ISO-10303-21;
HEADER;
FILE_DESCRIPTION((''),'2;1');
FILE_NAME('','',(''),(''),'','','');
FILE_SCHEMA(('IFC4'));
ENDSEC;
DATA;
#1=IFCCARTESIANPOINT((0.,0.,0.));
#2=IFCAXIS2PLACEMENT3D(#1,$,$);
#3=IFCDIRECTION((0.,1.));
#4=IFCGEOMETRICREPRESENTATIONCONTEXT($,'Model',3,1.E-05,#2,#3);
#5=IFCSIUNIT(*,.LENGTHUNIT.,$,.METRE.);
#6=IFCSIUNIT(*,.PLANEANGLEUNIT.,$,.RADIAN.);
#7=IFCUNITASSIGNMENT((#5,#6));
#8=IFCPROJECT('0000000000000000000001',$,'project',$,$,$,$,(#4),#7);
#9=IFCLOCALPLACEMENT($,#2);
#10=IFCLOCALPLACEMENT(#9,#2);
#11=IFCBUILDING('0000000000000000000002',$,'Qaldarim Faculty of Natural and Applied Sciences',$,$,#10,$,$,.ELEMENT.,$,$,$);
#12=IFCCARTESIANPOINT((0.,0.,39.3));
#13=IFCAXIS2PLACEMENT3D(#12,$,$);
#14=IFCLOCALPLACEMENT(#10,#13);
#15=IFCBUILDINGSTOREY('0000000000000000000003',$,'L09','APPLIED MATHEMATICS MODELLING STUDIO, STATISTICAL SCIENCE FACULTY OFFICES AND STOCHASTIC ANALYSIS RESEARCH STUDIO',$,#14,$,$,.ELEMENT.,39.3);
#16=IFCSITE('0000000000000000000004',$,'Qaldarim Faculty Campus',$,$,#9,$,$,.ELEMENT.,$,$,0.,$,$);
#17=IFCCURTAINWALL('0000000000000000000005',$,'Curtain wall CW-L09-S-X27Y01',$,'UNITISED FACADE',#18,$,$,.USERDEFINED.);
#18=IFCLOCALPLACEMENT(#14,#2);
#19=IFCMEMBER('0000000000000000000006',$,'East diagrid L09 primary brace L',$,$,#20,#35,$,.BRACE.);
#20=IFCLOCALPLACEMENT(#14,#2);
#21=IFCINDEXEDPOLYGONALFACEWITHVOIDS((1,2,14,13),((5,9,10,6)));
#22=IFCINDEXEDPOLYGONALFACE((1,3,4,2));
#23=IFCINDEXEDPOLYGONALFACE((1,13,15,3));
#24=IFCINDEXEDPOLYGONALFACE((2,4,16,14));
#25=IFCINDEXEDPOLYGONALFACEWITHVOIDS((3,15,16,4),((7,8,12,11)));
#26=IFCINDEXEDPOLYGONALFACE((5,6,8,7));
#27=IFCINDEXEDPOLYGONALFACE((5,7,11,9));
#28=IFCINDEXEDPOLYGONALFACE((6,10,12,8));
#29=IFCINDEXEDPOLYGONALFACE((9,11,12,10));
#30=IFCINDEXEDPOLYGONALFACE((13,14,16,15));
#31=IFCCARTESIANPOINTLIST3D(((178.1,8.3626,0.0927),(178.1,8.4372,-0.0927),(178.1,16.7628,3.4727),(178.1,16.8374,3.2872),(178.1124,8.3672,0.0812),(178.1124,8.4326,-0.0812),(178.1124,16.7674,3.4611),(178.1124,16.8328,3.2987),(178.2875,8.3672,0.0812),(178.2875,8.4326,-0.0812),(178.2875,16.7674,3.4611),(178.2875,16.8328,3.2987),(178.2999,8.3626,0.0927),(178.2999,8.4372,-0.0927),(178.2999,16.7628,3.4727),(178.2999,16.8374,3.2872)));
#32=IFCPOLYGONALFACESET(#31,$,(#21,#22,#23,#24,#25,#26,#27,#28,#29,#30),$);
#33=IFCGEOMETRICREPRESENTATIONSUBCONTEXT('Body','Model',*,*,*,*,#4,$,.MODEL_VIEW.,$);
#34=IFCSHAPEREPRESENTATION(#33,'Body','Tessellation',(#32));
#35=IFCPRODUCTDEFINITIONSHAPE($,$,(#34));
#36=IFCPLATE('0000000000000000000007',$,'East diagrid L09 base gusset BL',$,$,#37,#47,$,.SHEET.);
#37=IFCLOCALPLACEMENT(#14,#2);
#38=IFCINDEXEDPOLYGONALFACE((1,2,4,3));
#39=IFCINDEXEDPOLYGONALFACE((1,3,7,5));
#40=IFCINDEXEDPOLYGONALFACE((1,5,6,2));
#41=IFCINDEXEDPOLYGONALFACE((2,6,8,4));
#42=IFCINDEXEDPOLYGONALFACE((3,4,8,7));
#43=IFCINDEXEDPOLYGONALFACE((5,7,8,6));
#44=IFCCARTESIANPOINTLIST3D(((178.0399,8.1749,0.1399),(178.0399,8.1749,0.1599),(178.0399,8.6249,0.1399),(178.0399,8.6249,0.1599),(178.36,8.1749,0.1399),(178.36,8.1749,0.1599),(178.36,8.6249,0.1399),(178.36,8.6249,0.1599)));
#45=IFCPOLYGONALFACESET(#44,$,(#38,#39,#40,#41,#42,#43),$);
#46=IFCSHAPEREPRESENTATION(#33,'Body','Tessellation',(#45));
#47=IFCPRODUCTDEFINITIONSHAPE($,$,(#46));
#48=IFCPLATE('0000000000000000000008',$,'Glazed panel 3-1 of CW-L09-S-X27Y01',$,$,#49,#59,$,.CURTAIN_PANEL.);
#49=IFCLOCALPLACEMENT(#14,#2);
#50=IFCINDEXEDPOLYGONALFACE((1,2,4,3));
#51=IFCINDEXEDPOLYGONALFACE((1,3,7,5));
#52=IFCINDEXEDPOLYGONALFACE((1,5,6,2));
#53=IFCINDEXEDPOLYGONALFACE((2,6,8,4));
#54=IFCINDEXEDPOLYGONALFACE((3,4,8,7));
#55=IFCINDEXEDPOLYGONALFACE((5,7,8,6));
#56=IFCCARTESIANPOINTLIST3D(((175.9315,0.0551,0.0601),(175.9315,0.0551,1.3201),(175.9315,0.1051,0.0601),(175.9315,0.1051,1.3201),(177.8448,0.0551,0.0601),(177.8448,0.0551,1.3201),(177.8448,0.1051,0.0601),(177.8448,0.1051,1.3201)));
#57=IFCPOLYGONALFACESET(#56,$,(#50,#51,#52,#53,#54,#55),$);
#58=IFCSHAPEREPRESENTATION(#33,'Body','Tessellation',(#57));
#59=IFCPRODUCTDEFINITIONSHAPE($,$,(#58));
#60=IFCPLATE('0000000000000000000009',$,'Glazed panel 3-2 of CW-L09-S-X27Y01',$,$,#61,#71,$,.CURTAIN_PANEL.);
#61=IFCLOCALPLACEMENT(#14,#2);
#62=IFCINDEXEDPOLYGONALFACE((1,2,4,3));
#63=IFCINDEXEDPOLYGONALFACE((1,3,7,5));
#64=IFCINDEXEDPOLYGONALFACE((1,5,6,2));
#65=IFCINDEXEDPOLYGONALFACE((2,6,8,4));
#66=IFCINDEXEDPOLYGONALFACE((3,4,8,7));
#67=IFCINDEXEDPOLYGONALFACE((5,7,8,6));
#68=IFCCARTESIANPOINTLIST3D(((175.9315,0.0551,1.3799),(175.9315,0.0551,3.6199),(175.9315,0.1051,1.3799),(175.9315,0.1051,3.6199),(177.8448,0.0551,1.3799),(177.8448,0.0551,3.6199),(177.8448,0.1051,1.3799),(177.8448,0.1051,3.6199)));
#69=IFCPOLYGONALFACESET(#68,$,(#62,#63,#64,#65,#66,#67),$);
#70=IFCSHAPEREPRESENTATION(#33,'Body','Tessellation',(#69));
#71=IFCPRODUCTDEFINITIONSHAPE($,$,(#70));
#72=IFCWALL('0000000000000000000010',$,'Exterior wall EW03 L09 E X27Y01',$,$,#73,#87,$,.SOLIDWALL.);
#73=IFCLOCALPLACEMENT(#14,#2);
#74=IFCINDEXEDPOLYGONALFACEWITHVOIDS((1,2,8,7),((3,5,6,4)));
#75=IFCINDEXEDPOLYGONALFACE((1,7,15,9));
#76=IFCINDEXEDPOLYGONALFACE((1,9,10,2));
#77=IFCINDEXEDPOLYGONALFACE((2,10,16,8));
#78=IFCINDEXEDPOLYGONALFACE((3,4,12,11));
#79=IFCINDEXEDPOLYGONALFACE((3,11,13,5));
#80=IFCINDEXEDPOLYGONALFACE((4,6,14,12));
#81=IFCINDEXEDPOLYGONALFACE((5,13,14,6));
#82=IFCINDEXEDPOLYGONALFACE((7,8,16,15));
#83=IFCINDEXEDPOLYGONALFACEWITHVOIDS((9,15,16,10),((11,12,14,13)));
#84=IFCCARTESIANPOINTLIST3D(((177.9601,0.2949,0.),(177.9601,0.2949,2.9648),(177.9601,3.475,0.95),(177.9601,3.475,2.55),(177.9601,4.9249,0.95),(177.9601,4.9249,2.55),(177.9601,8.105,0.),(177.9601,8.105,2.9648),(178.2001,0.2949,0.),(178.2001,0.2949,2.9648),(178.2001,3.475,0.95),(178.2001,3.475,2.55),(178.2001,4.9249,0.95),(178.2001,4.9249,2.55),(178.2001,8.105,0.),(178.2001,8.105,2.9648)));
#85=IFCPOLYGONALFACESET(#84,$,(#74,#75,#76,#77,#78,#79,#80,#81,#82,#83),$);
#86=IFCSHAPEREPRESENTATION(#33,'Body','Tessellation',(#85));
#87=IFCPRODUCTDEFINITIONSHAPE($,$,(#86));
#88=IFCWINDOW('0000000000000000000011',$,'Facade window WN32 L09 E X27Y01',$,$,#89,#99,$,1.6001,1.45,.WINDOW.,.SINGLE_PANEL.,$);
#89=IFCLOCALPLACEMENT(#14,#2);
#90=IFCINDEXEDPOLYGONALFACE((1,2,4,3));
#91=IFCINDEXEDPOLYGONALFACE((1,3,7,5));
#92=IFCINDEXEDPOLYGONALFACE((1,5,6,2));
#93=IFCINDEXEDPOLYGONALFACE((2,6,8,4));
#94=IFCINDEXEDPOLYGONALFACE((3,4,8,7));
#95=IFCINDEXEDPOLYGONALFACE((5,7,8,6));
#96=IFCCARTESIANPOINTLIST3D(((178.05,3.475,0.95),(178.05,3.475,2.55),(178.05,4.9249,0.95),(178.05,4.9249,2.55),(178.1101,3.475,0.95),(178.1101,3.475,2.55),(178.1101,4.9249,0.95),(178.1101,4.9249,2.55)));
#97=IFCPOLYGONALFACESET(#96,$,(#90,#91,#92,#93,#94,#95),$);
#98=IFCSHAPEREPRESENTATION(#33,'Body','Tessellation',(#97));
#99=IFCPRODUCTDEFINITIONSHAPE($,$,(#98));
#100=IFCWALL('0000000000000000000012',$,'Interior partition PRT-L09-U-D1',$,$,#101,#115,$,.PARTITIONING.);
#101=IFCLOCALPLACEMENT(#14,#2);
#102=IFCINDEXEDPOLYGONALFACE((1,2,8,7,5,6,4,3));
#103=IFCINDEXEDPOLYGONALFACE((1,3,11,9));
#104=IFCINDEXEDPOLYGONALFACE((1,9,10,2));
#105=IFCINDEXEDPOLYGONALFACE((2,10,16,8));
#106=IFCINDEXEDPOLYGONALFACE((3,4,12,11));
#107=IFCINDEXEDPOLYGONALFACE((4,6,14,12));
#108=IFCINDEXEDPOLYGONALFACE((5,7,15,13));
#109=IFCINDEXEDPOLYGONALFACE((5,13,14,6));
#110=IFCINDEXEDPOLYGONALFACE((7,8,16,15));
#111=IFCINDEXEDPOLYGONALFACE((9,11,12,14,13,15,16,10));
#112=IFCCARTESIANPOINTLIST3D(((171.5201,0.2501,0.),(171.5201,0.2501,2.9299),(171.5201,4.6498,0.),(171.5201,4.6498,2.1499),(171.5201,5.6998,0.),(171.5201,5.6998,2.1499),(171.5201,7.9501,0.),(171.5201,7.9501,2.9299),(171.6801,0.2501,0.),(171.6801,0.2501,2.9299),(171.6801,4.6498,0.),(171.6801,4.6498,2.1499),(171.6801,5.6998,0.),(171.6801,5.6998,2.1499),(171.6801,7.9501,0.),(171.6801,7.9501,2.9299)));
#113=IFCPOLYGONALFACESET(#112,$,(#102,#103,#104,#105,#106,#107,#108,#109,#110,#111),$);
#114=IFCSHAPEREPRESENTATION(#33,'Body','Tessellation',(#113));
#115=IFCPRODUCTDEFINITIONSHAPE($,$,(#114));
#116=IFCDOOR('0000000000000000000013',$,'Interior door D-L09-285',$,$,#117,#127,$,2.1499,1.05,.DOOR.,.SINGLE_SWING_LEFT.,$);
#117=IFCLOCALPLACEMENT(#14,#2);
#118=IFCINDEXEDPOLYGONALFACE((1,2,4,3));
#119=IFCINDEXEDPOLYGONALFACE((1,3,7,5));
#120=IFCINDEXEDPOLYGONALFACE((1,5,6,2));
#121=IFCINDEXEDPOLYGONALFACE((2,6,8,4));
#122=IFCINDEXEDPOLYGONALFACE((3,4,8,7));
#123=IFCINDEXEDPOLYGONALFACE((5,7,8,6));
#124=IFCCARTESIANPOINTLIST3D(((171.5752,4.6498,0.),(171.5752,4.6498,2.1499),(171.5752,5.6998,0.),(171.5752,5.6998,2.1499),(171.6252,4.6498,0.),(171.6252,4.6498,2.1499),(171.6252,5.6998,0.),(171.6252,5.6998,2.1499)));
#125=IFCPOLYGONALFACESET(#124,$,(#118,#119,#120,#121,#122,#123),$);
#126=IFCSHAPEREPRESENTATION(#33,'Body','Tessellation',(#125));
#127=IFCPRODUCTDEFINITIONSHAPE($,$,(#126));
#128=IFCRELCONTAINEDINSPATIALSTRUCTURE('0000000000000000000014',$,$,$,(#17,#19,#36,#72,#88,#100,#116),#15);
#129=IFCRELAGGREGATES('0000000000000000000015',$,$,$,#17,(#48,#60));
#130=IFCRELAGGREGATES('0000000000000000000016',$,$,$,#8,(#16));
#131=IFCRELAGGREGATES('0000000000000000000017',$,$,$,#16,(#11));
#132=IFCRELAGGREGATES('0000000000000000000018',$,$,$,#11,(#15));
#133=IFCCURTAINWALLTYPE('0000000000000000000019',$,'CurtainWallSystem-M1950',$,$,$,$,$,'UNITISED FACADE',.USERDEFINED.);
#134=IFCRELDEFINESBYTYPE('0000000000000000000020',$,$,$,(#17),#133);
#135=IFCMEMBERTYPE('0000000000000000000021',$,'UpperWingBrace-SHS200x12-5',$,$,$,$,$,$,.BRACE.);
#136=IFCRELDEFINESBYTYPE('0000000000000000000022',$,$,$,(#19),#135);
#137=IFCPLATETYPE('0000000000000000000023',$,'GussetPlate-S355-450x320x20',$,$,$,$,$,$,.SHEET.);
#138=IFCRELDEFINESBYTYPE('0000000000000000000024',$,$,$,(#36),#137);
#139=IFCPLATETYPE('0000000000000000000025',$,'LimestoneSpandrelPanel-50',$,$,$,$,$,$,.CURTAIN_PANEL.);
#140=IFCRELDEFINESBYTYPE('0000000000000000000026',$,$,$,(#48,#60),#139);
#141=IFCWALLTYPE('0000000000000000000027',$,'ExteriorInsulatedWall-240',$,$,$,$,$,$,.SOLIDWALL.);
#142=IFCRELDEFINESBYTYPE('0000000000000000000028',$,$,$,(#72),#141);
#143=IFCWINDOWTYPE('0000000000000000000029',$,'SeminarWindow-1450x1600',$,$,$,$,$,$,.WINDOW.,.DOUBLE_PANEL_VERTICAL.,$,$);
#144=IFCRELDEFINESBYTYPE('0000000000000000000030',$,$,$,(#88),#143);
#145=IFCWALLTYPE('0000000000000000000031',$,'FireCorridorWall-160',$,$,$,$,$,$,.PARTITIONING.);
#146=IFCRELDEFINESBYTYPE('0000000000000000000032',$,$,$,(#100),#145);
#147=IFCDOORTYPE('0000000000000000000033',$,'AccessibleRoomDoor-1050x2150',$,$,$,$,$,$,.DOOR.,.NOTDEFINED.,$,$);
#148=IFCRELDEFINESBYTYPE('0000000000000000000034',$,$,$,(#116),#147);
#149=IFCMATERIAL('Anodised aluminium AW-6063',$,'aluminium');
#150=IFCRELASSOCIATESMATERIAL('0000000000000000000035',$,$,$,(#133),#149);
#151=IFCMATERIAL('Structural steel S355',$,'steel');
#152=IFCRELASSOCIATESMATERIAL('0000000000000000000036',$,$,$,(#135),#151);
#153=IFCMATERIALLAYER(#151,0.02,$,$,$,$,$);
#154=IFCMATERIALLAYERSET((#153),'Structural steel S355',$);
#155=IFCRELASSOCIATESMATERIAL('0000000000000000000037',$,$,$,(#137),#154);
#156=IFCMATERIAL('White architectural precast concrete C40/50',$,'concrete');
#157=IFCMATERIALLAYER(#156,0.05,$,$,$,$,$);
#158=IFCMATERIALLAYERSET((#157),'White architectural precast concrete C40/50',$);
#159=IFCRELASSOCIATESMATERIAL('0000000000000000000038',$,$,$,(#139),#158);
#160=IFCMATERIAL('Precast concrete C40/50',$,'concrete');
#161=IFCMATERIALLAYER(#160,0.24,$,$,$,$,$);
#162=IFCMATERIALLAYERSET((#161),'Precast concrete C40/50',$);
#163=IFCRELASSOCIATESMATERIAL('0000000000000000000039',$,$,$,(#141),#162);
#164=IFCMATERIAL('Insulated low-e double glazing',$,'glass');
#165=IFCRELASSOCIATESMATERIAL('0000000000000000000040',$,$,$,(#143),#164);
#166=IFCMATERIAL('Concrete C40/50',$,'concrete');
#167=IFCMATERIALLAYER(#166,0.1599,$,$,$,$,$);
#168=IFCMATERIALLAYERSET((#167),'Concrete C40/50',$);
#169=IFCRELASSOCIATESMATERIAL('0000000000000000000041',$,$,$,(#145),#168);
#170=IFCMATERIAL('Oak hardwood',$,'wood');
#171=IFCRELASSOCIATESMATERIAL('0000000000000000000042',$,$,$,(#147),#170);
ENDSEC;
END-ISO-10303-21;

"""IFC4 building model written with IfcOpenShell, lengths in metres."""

from ifc_helpers import new_model, si_unit, direction, frame, frame_2d, origin, origin_2d, place, context, subcontext, project, spatial, rectangle, hollow_rectangle, extrude, material, layer, layer_set, material_profile, profile_set, type_object, element, fill, aggregate, save


model = new_model("IFC4")

# Units and contexts
model_context = context("Model", 3, precision=1e-05, world=origin(), true_north=direction((0.0, 1.0)))
body_context = subcontext(model_context, "Body", "Model", "MODEL_VIEW")
ifc_project = project(units=[si_unit("LENGTHUNIT", "METRE"), si_unit("PLANEANGLEUNIT", "RADIAN")], contexts=[model_context])

# Site, building, storey
site_placement = place(None, origin())
site = spatial("IfcSite", under=ifc_project, at=site_placement, Name="Qaldarim Faculty Campus", CompositionType="ELEMENT", RefElevation=0.0)
building_placement = place(site_placement, origin())
building = spatial("IfcBuilding", under=site, at=building_placement, Name="Qaldarim Faculty of Natural and Applied Sciences", CompositionType="ELEMENT")
storey_placement = place(building_placement, frame((0.0, 0.0, 39.3)))
storey = spatial("IfcBuildingStorey", under=building, at=storey_placement, Name="L09", Description="APPLIED MATHEMATICS MODELLING STUDIO, STATISTICAL SCIENCE FACULTY OFFICES AND STOCHASTIC ANALYSIS RESEARCH STUDIO", CompositionType="ELEMENT", Elevation=39.3)

# Shared definitions
ifc_material_1 = material(Name="Concrete C40/50", Category="concrete")

# Curtain wall
ifc_material_2 = material(Name="Anodised aluminium AW-6063", Category="aluminium")
curtain_wall_type = type_object("IfcCurtainWallType", Name="CurtainWallSystem-M1950", ElementType="UNITISED FACADE", PredefinedType="USERDEFINED", material=ifc_material_2)
curtain_wall_placement = place(storey_placement, origin())
curtain_wall = element("IfcCurtainWall", 1, at=curtain_wall_placement, inside=storey, type_object=curtain_wall_type, Name="Curtain wall CW-L09-S-X27Y01", ObjectType="UNITISED FACADE", PredefinedType="USERDEFINED")

# Shared definitions
ifc_material_3 = material(Name="Precast concrete C40/50", Category="concrete")

# Member
ifc_material_4 = material(Name="Structural steel S355", Category="steel")
ifc_material_profile_1 = material_profile(ifc_material_4, hollow_rectangle(XDim=0.2, YDim=0.2, WallThickness=0.0125, at=origin_2d()), Name="SHS 200x200x12.5")
ifc_profile_set_1 = profile_set([ifc_material_profile_1], Name="Structural steel S355")
member_type_1 = type_object("IfcMemberType", Name="UpperWingBrace-SHS200x12-5", PredefinedType="BRACE", material=ifc_profile_set_1)
member_1_placement = place(storey_placement, frame((178.2, 8.3999, 0.0), z_axis=(0.0, 0.92772, 0.373277), x_axis=(-1.0, 0.0, 0.0)))
element("IfcMember", 2, at=member_1_placement, inside=storey, type_object=member_type_1, Name="East diagrid L09 primary brace L", PredefinedType="BRACE", context=body_context, shape_type="SweptSolid", body=[
    extrude(hollow_rectangle(XDim=0.2, YDim=0.2, WallThickness=0.0125, at=origin_2d()), origin(), (0.0, 0.0, 1.0), 9.0547),
])

# Plates
ifc_layer_1 = layer(ifc_material_4, 0.02)
ifc_layer_set_1 = layer_set([ifc_layer_1], Name="Structural steel S355")
plate_type_1 = type_object("IfcPlateType", Name="GussetPlate-S355-450x320x20", PredefinedType="SHEET", material=ifc_layer_set_1)
plate_1_placement = place(storey_placement, frame((178.2, 8.3999, 0.1399), z_axis=(0.0, 0.0, 1.0), x_axis=(0.0, 1.0, 0.0)))
element("IfcPlate", 3, at=plate_1_placement, inside=storey, type_object=plate_type_1, Name="East diagrid L09 base gusset BL", PredefinedType="SHEET", context=body_context, shape_type="SweptSolid", body=[
    extrude(rectangle(XDim=0.45, YDim=0.3201, at=origin_2d()), origin(), (0.0, 0.0, 1.0), 0.02),
])
ifc_material_5 = material(Name="White architectural precast concrete C40/50", Category="concrete")
ifc_layer_2 = layer(ifc_material_5, 0.05)
ifc_layer_set_2 = layer_set([ifc_layer_2], Name="White architectural precast concrete C40/50")
plate_type_2 = type_object("IfcPlateType", Name="LimestoneSpandrelPanel-50", PredefinedType="CURTAIN_PANEL", material=ifc_layer_set_2)
plate_2_placement = place(storey_placement, frame((176.8882, 0.0801, 0.0601), z_axis=(0.0, 0.0, 1.0), x_axis=(1.0, 0.0, 0.0)))
plate_2 = element("IfcPlate", 4, at=plate_2_placement, type_object=plate_type_2, Name="Glazed panel 3-1 of CW-L09-S-X27Y01", PredefinedType="CURTAIN_PANEL", context=body_context, shape_type="SweptSolid", body=[
    extrude(rectangle(XDim=1.9133, YDim=0.05, at=origin_2d()), origin(), (0.0, 0.0, 1.0), 1.26),
])
plate_3_placement = place(storey_placement, frame((176.8882, 0.0801, 1.3799), z_axis=(0.0, 0.0, 1.0), x_axis=(1.0, 0.0, 0.0)))
plate_3 = element("IfcPlate", 5, at=plate_3_placement, type_object=plate_type_2, Name="Glazed panel 3-2 of CW-L09-S-X27Y01", PredefinedType="CURTAIN_PANEL", context=body_context, shape_type="SweptSolid", body=[
    extrude(rectangle(XDim=1.9133, YDim=0.05, at=origin_2d()), origin(), (0.0, 0.0, 1.0), 2.24),
])
aggregate(curtain_wall, [plate_2, plate_3])

# Wall, opening, window
ifc_layer_3 = layer(ifc_material_3, 0.24)
ifc_layer_set_3 = layer_set([ifc_layer_3], Name="Precast concrete C40/50")
wall_type_1 = type_object("IfcWallType", Name="ExteriorInsulatedWall-240", PredefinedType="SOLIDWALL", material=ifc_layer_set_3)
wall_1_placement = place(storey_placement, frame((178.0801, 0.2949, 0.0), z_axis=(0.0, 0.0, 1.0), x_axis=(0.0, 1.0, 0.0)))
wall_1 = element("IfcWall", 6, at=wall_1_placement, inside=storey, type_object=wall_type_1, Name="Exterior wall EW03 L09 E X27Y01", PredefinedType="SOLIDWALL", context=body_context, shape_type="SweptSolid", body=[
    extrude(rectangle(XDim=7.8101, YDim=0.24, at=frame_2d((3.905, 0.0))), origin(), (0.0, 0.0, 1.0), 2.9648),
])
opening_1_placement = place(wall_1_placement, frame((3.1799, 0.0, 0.95)))
opening_1 = element("IfcOpeningElement", 7, at=opening_1_placement, cuts=wall_1, PredefinedType="OPENING", context=body_context, shape_type="SweptSolid", body=[
    extrude(rectangle(XDim=1.45, YDim=1.6001, at=frame_2d((0.7251, 0.8))), frame((0.0, 0.1299, 0.0), z_axis=(0.0, -1.0, 0.0), x_axis=(1.0, 0.0, 0.0)), (0.0, 0.0, 1.0), 0.26),
])
ifc_material_6 = material(Name="Insulated low-e double glazing", Category="glass")
window_type = type_object("IfcWindowType", Name="SeminarWindow-1450x1600", PartitioningType="DOUBLE_PANEL_VERTICAL", PredefinedType="WINDOW", material=ifc_material_6)
window_placement = place(opening_1_placement, origin())
window = element("IfcWindow", 8, at=window_placement, inside=storey, type_object=window_type, Name="Facade window WN32 L09 E X27Y01", OverallHeight=1.6001, OverallWidth=1.45, PartitioningType="SINGLE_PANEL", PredefinedType="WINDOW", context=body_context, shape_type="SweptSolid", body=[
    extrude(rectangle(XDim=1.45, YDim=1.6001, at=frame_2d((0.7251, 0.8))), frame((0.0, 0.03, 0.0), z_axis=(0.0, -1.0, 0.0), x_axis=(1.0, 0.0, 0.0)), (0.0, 0.0, 1.0), 0.0601),
])
fill(opening_1, window)

# Wall, opening, door
ifc_layer_4 = layer(ifc_material_1, 0.1599)
ifc_layer_set_4 = layer_set([ifc_layer_4], Name="Concrete C40/50")
wall_type_2 = type_object("IfcWallType", Name="FireCorridorWall-160", PredefinedType="PARTITIONING", material=ifc_layer_set_4)
wall_2_placement = place(storey_placement, frame((171.6001, 0.25, 0.0), z_axis=(0.0, 0.0, 1.0), x_axis=(0.0, 1.0, 0.0)))
wall_2 = element("IfcWall", 9, at=wall_2_placement, inside=storey, type_object=wall_type_2, Name="Interior partition PRT-L09-U-D1", PredefinedType="PARTITIONING", context=body_context, shape_type="SweptSolid", body=[
    extrude(rectangle(XDim=7.7, YDim=0.1599, at=frame_2d((3.8501, 0.0))), origin(), (0.0, 0.0, 1.0), 2.9299),
])
opening_2_placement = place(wall_2_placement, frame((4.3999, 0.0, 0.0)))
opening_2 = element("IfcOpeningElement", 10, at=opening_2_placement, cuts=wall_2, PredefinedType="OPENING", context=body_context, shape_type="SweptSolid", body=[
    extrude(rectangle(XDim=1.05, YDim=2.1499, at=frame_2d((0.5249, 1.075))), frame((0.0, 0.0898, 0.0), z_axis=(0.0, -1.0, 0.0), x_axis=(1.0, 0.0, 0.0)), (0.0, 0.0, 1.0), 0.1799),
])
ifc_material_7 = material(Name="Oak hardwood", Category="wood")
door_type = type_object("IfcDoorType", Name="AccessibleRoomDoor-1050x2150", OperationType="NOTDEFINED", PredefinedType="DOOR", material=ifc_material_7)
door_placement = place(opening_2_placement, origin())
door = element("IfcDoor", 11, at=door_placement, inside=storey, type_object=door_type, Name="Interior door D-L09-285", OperationType="SINGLE_SWING_LEFT", OverallHeight=2.1499, OverallWidth=1.05, PredefinedType="DOOR", context=body_context, shape_type="SweptSolid", body=[
    extrude(rectangle(XDim=1.05, YDim=2.1499, at=frame_2d((0.5249, 1.075))), frame((0.0, 0.0249, 0.0), z_axis=(0.0, -1.0, 0.0), x_axis=(1.0, 0.0, 0.0)), (0.0, 0.0, 1.0), 0.05),
])
fill(opening_2, door)

save(model, "model.ifc")
